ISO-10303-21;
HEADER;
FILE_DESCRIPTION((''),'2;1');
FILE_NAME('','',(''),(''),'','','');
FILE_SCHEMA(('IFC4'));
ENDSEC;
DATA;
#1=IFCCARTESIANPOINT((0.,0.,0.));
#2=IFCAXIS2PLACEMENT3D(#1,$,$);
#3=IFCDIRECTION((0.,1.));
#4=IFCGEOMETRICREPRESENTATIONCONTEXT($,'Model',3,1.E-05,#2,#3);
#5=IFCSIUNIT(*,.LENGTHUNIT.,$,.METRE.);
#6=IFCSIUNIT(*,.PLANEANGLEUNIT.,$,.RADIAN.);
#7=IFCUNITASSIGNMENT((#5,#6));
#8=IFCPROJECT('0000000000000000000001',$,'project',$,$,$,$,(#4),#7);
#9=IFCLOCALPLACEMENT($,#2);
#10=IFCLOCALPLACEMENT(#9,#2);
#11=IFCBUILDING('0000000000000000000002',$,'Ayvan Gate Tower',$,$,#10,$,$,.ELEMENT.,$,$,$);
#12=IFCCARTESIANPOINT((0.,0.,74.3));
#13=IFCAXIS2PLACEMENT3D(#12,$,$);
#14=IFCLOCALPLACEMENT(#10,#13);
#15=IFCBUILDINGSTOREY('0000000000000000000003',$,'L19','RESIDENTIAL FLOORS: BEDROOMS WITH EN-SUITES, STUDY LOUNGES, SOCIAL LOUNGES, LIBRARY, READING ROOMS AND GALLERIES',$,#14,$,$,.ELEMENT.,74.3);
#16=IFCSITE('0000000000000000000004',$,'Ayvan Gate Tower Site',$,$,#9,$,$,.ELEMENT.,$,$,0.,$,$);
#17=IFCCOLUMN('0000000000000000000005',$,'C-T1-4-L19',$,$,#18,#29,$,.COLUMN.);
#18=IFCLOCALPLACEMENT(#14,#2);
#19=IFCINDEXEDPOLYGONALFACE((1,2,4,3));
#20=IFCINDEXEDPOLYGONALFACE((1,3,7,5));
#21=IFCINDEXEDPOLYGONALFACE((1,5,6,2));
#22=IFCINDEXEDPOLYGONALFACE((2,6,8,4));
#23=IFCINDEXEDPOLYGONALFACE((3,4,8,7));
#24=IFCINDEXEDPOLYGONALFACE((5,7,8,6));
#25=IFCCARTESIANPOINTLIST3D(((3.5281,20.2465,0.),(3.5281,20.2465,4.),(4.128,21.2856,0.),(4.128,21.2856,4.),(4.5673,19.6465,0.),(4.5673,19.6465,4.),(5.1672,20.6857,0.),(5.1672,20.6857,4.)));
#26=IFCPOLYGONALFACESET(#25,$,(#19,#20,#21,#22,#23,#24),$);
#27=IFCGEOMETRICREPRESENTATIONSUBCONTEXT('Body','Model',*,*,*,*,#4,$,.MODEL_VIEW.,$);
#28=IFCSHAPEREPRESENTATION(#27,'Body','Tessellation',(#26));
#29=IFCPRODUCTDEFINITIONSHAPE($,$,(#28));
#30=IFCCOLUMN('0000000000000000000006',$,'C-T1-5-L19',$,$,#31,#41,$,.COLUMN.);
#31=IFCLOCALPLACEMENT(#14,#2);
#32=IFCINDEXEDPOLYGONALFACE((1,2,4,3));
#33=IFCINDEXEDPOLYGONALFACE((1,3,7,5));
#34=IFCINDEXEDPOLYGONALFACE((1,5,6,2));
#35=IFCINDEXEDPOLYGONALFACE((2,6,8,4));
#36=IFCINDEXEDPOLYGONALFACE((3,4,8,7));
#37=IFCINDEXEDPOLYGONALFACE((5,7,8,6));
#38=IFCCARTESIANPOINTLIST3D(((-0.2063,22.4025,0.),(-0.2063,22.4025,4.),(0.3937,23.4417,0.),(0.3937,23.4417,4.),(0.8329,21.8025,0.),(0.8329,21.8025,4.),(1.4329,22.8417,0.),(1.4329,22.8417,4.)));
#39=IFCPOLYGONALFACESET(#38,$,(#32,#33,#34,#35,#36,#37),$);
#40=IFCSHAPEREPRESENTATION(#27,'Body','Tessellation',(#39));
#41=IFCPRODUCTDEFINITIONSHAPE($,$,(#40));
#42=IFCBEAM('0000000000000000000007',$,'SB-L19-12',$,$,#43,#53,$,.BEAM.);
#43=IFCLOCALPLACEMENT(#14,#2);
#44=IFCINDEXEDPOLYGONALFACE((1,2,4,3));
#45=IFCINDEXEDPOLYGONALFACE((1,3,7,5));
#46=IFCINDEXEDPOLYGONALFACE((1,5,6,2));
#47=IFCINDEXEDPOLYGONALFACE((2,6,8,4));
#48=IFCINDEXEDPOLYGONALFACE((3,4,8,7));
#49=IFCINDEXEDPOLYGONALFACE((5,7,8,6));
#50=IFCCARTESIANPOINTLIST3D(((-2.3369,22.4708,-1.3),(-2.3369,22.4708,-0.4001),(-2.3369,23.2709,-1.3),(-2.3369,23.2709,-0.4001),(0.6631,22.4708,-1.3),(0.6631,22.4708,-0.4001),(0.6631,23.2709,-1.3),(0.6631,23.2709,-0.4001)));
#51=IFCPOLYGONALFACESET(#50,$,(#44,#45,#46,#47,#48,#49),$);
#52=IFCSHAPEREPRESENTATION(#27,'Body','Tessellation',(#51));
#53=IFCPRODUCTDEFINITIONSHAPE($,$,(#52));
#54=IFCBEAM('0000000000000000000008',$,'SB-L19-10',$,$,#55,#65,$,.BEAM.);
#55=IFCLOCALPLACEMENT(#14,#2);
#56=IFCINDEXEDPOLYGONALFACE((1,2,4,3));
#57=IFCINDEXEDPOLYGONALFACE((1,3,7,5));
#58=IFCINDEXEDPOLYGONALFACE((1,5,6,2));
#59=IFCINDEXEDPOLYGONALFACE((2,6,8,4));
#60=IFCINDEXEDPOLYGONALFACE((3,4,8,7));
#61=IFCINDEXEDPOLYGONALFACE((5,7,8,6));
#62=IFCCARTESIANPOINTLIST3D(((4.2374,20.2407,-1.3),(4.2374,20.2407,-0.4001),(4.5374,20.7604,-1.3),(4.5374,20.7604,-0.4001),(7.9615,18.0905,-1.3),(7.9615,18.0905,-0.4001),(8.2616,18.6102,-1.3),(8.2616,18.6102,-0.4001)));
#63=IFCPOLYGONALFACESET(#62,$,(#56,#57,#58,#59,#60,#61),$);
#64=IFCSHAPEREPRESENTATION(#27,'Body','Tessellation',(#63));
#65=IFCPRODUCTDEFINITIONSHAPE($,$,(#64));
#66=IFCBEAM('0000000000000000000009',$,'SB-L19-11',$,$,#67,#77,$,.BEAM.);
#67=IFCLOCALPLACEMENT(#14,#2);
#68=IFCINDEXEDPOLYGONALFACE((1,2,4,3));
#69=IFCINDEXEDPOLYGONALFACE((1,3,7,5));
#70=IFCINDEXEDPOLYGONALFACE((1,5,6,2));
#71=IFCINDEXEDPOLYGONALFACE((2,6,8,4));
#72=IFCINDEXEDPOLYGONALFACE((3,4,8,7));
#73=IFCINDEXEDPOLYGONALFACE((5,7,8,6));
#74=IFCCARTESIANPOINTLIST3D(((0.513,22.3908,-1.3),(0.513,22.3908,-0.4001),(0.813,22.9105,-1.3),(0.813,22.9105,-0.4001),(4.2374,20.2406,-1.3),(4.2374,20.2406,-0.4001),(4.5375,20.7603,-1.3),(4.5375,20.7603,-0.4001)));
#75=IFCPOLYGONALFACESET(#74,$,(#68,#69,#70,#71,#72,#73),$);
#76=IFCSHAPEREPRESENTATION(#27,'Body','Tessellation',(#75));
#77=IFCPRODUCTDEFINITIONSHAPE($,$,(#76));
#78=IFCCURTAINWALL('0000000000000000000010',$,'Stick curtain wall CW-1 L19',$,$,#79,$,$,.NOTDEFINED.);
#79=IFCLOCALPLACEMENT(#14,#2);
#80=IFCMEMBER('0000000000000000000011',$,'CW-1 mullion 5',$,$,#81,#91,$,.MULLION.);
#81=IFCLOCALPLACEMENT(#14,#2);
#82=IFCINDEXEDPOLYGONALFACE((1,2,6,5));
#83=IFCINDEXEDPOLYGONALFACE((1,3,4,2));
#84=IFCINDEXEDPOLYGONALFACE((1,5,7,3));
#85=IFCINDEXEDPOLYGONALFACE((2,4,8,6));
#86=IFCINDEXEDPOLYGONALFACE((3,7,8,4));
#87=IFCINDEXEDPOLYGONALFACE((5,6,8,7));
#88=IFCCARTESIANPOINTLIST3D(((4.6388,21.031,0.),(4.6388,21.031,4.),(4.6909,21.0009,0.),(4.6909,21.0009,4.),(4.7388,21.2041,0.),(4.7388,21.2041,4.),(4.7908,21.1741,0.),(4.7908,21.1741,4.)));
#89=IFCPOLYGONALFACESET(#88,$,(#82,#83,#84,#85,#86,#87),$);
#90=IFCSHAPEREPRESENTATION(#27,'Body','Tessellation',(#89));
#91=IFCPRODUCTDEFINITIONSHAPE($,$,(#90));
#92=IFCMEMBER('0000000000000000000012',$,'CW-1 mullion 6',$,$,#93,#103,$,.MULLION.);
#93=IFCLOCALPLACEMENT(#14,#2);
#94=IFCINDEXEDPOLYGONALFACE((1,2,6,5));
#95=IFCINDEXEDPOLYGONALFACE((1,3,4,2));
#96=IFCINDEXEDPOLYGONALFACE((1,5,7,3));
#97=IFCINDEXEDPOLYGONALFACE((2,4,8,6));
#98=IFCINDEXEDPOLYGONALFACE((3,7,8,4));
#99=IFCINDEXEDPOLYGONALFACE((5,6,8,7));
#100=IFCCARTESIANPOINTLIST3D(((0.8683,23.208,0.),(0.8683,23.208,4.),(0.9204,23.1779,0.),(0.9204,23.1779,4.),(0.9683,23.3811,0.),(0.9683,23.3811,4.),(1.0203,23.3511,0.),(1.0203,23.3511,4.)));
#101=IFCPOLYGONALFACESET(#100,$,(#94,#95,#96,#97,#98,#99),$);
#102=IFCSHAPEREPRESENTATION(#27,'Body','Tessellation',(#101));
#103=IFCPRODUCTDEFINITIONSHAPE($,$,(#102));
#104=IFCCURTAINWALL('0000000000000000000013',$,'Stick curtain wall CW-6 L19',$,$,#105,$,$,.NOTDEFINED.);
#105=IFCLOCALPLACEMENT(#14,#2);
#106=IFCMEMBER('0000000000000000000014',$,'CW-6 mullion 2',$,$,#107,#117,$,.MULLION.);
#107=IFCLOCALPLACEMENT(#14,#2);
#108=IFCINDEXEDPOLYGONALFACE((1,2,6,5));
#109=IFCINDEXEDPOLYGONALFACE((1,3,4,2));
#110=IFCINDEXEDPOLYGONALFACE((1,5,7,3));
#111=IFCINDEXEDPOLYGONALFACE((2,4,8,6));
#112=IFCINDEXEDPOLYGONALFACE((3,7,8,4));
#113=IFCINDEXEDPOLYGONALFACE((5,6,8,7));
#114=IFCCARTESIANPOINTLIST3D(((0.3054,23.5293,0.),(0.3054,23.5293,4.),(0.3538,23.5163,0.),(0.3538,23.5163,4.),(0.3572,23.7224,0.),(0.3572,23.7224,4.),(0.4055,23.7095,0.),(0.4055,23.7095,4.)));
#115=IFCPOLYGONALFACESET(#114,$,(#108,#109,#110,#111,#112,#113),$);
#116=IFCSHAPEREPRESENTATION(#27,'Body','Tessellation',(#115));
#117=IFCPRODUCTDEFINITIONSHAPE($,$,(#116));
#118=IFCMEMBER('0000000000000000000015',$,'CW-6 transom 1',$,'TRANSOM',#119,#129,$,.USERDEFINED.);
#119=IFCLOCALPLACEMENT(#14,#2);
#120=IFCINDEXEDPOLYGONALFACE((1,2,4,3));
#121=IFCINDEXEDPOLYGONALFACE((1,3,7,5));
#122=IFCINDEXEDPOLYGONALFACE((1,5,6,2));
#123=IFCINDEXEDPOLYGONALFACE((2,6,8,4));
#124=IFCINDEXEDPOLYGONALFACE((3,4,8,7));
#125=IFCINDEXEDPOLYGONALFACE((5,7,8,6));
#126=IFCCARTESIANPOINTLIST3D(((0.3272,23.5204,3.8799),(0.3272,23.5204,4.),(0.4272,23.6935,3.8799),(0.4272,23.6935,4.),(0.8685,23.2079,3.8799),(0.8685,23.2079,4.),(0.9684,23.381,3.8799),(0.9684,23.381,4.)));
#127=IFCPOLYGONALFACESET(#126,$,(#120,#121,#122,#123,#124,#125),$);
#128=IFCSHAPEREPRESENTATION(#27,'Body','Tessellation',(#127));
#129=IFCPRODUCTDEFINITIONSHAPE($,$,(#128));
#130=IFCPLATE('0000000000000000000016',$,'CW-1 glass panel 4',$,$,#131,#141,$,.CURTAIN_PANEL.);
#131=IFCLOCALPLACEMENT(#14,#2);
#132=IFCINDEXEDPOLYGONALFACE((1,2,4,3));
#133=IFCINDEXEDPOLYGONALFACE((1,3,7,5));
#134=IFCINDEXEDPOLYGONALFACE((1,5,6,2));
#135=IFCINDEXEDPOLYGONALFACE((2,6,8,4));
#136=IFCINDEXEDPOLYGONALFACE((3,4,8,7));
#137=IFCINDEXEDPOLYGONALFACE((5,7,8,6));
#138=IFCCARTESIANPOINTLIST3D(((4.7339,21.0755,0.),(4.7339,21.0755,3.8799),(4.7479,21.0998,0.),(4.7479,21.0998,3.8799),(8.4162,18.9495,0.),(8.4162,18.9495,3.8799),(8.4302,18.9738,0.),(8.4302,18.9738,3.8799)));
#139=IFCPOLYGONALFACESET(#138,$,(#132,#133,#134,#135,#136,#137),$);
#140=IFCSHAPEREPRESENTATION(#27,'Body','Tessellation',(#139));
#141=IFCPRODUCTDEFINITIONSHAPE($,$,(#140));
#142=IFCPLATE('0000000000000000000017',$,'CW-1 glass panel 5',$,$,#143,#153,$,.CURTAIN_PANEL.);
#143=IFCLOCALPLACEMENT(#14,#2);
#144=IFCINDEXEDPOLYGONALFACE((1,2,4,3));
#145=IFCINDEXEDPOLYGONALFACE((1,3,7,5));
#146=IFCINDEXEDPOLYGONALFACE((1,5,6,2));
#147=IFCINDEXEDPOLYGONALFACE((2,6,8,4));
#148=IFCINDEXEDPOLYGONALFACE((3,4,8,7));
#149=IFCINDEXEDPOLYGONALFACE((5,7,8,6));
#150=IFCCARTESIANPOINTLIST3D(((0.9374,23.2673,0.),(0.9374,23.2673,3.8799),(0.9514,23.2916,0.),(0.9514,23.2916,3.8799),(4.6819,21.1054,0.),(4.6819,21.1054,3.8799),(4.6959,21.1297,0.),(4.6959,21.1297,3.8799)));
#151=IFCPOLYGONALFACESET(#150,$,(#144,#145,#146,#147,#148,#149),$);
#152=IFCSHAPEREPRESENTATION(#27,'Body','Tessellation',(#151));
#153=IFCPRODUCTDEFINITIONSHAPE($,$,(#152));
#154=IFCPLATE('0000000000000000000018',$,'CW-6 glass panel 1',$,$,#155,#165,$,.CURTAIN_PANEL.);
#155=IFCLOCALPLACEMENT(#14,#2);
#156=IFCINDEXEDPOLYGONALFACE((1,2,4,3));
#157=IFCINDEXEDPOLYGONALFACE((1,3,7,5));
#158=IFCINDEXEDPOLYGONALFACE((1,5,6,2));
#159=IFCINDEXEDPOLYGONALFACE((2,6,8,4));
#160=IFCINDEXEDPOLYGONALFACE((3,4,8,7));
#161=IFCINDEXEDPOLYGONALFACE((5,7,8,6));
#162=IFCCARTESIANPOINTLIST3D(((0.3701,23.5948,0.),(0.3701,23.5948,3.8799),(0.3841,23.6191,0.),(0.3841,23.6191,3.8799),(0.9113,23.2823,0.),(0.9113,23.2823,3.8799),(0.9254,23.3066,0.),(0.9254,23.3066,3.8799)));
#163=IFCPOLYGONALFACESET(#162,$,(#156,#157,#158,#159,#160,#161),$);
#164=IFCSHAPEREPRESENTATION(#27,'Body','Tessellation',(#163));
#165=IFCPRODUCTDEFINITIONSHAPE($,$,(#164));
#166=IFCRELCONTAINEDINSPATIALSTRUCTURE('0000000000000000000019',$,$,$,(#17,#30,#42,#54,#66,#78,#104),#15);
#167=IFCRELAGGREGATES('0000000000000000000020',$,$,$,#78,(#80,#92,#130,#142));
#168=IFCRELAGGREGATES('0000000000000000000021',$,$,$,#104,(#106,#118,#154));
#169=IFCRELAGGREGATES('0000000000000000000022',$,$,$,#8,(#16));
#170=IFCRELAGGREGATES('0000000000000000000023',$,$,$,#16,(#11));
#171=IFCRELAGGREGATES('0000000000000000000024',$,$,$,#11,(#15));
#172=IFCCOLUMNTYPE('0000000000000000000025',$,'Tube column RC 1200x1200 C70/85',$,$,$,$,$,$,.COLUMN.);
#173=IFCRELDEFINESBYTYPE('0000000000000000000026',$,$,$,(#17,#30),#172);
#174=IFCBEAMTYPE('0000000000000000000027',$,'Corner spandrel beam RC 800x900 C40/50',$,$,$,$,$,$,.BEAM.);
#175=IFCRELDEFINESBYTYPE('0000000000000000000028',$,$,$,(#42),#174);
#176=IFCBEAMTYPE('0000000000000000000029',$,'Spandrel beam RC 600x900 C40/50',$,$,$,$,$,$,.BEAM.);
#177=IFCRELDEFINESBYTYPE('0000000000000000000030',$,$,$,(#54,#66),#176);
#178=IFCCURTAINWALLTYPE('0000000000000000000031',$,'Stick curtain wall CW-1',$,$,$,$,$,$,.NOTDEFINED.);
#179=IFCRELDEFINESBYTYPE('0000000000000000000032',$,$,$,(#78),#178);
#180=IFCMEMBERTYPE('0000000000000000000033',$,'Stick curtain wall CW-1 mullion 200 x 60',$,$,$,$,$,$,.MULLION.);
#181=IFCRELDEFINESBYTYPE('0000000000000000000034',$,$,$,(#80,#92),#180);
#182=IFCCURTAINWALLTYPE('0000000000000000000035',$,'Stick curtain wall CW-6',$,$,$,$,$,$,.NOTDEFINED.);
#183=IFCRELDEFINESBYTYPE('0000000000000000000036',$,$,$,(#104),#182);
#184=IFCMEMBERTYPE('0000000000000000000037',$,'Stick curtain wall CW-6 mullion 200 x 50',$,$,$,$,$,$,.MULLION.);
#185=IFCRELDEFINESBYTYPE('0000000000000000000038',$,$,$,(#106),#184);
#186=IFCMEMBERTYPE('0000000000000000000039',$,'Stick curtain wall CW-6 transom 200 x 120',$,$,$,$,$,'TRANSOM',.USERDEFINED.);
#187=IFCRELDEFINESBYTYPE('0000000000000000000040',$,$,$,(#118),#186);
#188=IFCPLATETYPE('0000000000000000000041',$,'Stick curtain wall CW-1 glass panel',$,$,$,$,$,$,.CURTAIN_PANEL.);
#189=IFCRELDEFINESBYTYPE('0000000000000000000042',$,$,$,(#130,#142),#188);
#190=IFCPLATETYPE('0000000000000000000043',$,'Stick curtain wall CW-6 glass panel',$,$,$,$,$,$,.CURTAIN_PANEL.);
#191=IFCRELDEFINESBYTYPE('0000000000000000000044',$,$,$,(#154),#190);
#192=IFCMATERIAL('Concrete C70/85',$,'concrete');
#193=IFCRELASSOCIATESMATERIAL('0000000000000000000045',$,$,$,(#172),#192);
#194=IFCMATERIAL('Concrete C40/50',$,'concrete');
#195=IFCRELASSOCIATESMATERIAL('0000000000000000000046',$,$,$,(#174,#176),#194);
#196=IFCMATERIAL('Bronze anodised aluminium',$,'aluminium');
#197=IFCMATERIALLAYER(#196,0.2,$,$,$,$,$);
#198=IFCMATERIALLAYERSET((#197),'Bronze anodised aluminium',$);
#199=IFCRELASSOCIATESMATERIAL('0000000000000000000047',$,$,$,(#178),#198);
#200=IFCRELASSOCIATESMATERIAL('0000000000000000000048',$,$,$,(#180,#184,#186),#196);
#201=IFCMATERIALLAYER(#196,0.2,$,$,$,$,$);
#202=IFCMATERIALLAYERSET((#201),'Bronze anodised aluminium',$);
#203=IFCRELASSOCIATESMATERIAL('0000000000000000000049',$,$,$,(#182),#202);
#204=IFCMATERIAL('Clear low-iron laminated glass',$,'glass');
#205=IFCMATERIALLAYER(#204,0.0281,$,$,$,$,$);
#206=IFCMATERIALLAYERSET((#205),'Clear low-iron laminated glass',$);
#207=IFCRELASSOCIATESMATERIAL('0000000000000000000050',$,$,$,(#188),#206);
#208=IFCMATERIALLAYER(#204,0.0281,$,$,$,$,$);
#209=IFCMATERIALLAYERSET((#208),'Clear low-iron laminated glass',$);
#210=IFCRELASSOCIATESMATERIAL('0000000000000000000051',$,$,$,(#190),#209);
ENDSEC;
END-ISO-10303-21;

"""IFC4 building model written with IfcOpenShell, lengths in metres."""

from ifc_helpers import new_model, si_unit, direction, frame, origin, origin_2d, place, context, subcontext, project, spatial, rectangle, extrude, material, layer, layer_set, material_profile, profile_set, type_object, element, aggregate, save


model = new_model("IFC4")

# Units and contexts
model_context = context("Model", 3, precision=1e-05, world=origin(), true_north=direction((0.0, 1.0)))
body_context = subcontext(model_context, "Body", "Model", "MODEL_VIEW")
ifc_project = project(units=[si_unit("LENGTHUNIT", "METRE"), si_unit("PLANEANGLEUNIT", "RADIAN")], contexts=[model_context])

# Site, building, storey
site_placement = place(None, origin())
site = spatial("IfcSite", under=ifc_project, at=site_placement, Name="Ayvan Gate Tower Site", CompositionType="ELEMENT", RefElevation=0.0)
building_placement = place(site_placement, origin())
building = spatial("IfcBuilding", under=site, at=building_placement, Name="Ayvan Gate Tower", CompositionType="ELEMENT")
storey_placement = place(building_placement, frame((0.0, 0.0, 74.3)))
storey = spatial("IfcBuildingStorey", under=building, at=storey_placement, Name="L19", Description="RESIDENTIAL FLOORS: BEDROOMS WITH EN-SUITES, STUDY LOUNGES, SOCIAL LOUNGES, LIBRARY, READING ROOMS AND GALLERIES", CompositionType="ELEMENT", Elevation=74.3)

# Columns
ifc_material_1 = material(Name="Concrete C70/85", Category="concrete")
ifc_material_profile_1 = material_profile(ifc_material_1, rectangle(XDim=1.2, YDim=1.2, at=origin_2d()), Name="RC 1200x1200")
ifc_profile_set_1 = profile_set([ifc_material_profile_1], Name="Concrete C70/85")
column_type = type_object("IfcColumnType", Name="Tube column RC 1200x1200 C70/85", PredefinedType="COLUMN", material=ifc_profile_set_1)
for number, where, z_axis, x_axis, name in (
    (1, (4.3477, 20.4661, 0.0), (0.0, 0.0, 1.0), (0.5, 0.866025, 0.0), "C-T1-4-L19"),
    (2, (0.6133, 22.6221, 0.0), (0.0, 0.0, 1.0), (0.5, 0.866025, 0.0), "C-T1-5-L19"),
):
    element("IfcColumn", number, at=place(storey_placement, frame(where, z_axis=z_axis, x_axis=x_axis)), inside=storey, type_object=column_type, Name=name, PredefinedType="COLUMN", context=body_context, shape_type="SweptSolid", body=[
        extrude(rectangle(XDim=1.2, YDim=1.2, at=origin_2d()), origin(), (0.0, 0.0, 1.0), 4.0),
    ])

# Beams
ifc_material_2 = material(Name="Concrete C40/50", Category="concrete")
ifc_material_profile_2 = material_profile(ifc_material_2, rectangle(XDim=0.8, YDim=0.8999, at=origin_2d()), Name="RC 800x900")
ifc_profile_set_2 = profile_set([ifc_material_profile_2], Name="Concrete C40/50")
beam_type_1 = type_object("IfcBeamType", Name="Corner spandrel beam RC 800x900 C40/50", PredefinedType="BEAM", material=ifc_profile_set_2)
beam_1_placement = place(storey_placement, frame((0.6631, 22.8708, -0.8501), z_axis=(-1.0, 0.0, 0.0), x_axis=(0.0, -1.0, 0.0)))
element("IfcBeam", 3, at=beam_1_placement, inside=storey, type_object=beam_type_1, Name="SB-L19-12", PredefinedType="BEAM", context=body_context, shape_type="SweptSolid", body=[
    extrude(rectangle(XDim=0.8, YDim=0.8999, at=origin_2d()), origin(), (0.0, 0.0, 1.0), 3.0),
])
ifc_material_profile_3 = material_profile(ifc_material_2, rectangle(XDim=0.6001, YDim=0.8999, at=origin_2d()), Name="RC 600x900")
ifc_profile_set_3 = profile_set([ifc_material_profile_3], Name="Concrete C40/50")
beam_type_2 = type_object("IfcBeamType", Name="Spandrel beam RC 600x900 C40/50", PredefinedType="BEAM", material=ifc_profile_set_3)
beam_2_placement = place(storey_placement, frame((8.1116, 18.3503, -0.8501), z_axis=(-0.866023, 0.500004, 0.0), x_axis=(-0.500004, -0.866023, 0.0)))
element("IfcBeam", 4, at=beam_2_placement, inside=storey, type_object=beam_type_2, Name="SB-L19-10", PredefinedType="BEAM", context=body_context, shape_type="SweptSolid", body=[
    extrude(rectangle(XDim=0.6001, YDim=0.8999, at=origin_2d()), origin(), (0.0, 0.0, 1.0), 4.3003),
])
beam_3_placement = place(storey_placement, frame((4.3875, 20.5005, -0.8501), z_axis=(-0.866037, 0.49998, 0.0), x_axis=(-0.49998, -0.866037, 0.0)))
element("IfcBeam", 5, at=beam_3_placement, inside=storey, type_object=beam_type_2, Name="SB-L19-11", PredefinedType="BEAM", context=body_context, shape_type="SweptSolid", body=[
    extrude(rectangle(XDim=0.6001, YDim=0.8999, at=origin_2d()), origin(), (0.0, 0.0, 1.0), 4.3005),
])

# Curtain walls, members
ifc_material_3 = material(Name="Bronze anodised aluminium", Category="aluminium")
ifc_layer_1 = layer(ifc_material_3, 0.2)
ifc_layer_set_1 = layer_set([ifc_layer_1], Name="Bronze anodised aluminium")
curtain_wall_type_1 = type_object("IfcCurtainWallType", Name="Stick curtain wall CW-1", PredefinedType="NOTDEFINED", material=ifc_layer_set_1)
curtain_wall_1_placement = place(storey_placement, origin())
curtain_wall_1 = element("IfcCurtainWall", 6, at=curtain_wall_1_placement, inside=storey, type_object=curtain_wall_type_1, Name="Stick curtain wall CW-1 L19", PredefinedType="NOTDEFINED")
ifc_material_profile_4 = material_profile(ifc_material_3, rectangle(XDim=0.2, YDim=0.0601, at=origin_2d()), Name="Stick curtain wall CW-1 mullion 200 x 60")
ifc_profile_set_4 = profile_set([ifc_material_profile_4], Name="Bronze anodised aluminium")
member_type_1 = type_object("IfcMemberType", Name="Stick curtain wall CW-1 mullion 200 x 60", PredefinedType="MULLION", material=ifc_profile_set_4)
member_1_placement = place(storey_placement, frame((4.7148, 21.1025, 0.0), z_axis=(0.0, 0.0, 1.0), x_axis=(0.5, 0.866025, 0.0)))
member_1 = element("IfcMember", 7, at=member_1_placement, type_object=member_type_1, Name="CW-1 mullion 5", PredefinedType="MULLION", context=body_context, shape_type="SweptSolid", body=[
    extrude(rectangle(XDim=0.2, YDim=0.0601, at=origin_2d()), origin(), (0.0, 0.0, 1.0), 4.0),
])
member_2_placement = place(storey_placement, frame((0.9443, 23.2795, 0.0), z_axis=(0.0, 0.0, 1.0), x_axis=(0.5, 0.866025, 0.0)))
member_2 = element("IfcMember", 8, at=member_2_placement, type_object=member_type_1, Name="CW-1 mullion 6", PredefinedType="MULLION", context=body_context, shape_type="SweptSolid", body=[
    extrude(rectangle(XDim=0.2, YDim=0.0601, at=origin_2d()), origin(), (0.0, 0.0, 1.0), 4.0),
])
ifc_layer_2 = layer(ifc_material_3, 0.2)
ifc_layer_set_2 = layer_set([ifc_layer_2], Name="Bronze anodised aluminium")
curtain_wall_type_2 = type_object("IfcCurtainWallType", Name="Stick curtain wall CW-6", PredefinedType="NOTDEFINED", material=ifc_layer_set_2)
curtain_wall_2_placement = place(storey_placement, origin())
curtain_wall_2 = element("IfcCurtainWall", 9, at=curtain_wall_2_placement, inside=storey, type_object=curtain_wall_type_2, Name="Stick curtain wall CW-6 L19", PredefinedType="NOTDEFINED")
ifc_material_profile_5 = material_profile(ifc_material_3, rectangle(XDim=0.2, YDim=0.05, at=origin_2d()), Name="Stick curtain wall CW-6 mullion 200 x 50")
ifc_profile_set_5 = profile_set([ifc_material_profile_5], Name="Bronze anodised aluminium")
member_type_2 = type_object("IfcMemberType", Name="Stick curtain wall CW-6 mullion 200 x 50", PredefinedType="MULLION", material=ifc_profile_set_5)
member_3_placement = place(storey_placement, frame((0.3555, 23.6194, 0.0), z_axis=(0.0, 0.0, 1.0), x_axis=(0.258819, 0.965926, 0.0)))
member_3 = element("IfcMember", 10, at=member_3_placement, type_object=member_type_2, Name="CW-6 mullion 2", PredefinedType="MULLION", context=body_context, shape_type="SweptSolid", body=[
    extrude(rectangle(XDim=0.2, YDim=0.05, at=origin_2d()), origin(), (0.0, 0.0, 1.0), 4.0),
])
ifc_material_profile_6 = material_profile(ifc_material_3, rectangle(XDim=0.2, YDim=0.1201, at=origin_2d()), Name="Stick curtain wall CW-6 transom 200 x 120")
ifc_profile_set_6 = profile_set([ifc_material_profile_6], Name="Bronze anodised aluminium")
member_type_3 = type_object("IfcMemberType", Name="Stick curtain wall CW-6 transom 200 x 120", ElementType="TRANSOM", PredefinedType="USERDEFINED", material=ifc_profile_set_6)
member_4_placement = place(storey_placement, frame((0.9185, 23.2944, 3.9399), z_axis=(-0.866023, 0.500004, 0.0), x_axis=(-0.500004, -0.866023, 0.0)))
member_4 = element("IfcMember", 11, at=member_4_placement, type_object=member_type_3, Name="CW-6 transom 1", ObjectType="TRANSOM", PredefinedType="USERDEFINED", context=body_context, shape_type="SweptSolid", body=[
    extrude(rectangle(XDim=0.2, YDim=0.1201, at=origin_2d()), origin(), (0.0, 0.0, 1.0), 0.625),
])

# Plates
ifc_material_4 = material(Name="Clear low-iron laminated glass", Category="glass")
ifc_layer_3 = layer(ifc_material_4, 0.0281)
ifc_layer_set_3 = layer_set([ifc_layer_3], Name="Clear low-iron laminated glass")
plate_type_1 = type_object("IfcPlateType", Name="Stick curtain wall CW-1 glass panel", PredefinedType="CURTAIN_PANEL", material=ifc_layer_set_3)
plate_1_placement = place(storey_placement, frame((6.582, 20.0247, 0.0), z_axis=(0.0, 0.0, 1.0), x_axis=(-0.866025, 0.5, 0.0)))
plate_1 = element("IfcPlate", 12, at=plate_1_placement, type_object=plate_type_1, Name="CW-1 glass panel 4", PredefinedType="CURTAIN_PANEL", context=body_context, shape_type="SweptSolid", body=[
    extrude(rectangle(XDim=4.252, YDim=0.0281, at=origin_2d()), origin(), (0.0, 0.0, 1.0), 3.8799),
])
plate_2_placement = place(storey_placement, frame((2.8167, 22.1985, 0.0), z_axis=(0.0, 0.0, 1.0), x_axis=(-0.866025, 0.5, 0.0)))
plate_2 = element("IfcPlate", 13, at=plate_2_placement, type_object=plate_type_1, Name="CW-1 glass panel 5", PredefinedType="CURTAIN_PANEL", context=body_context, shape_type="SweptSolid", body=[
    extrude(rectangle(XDim=4.3237, YDim=0.0281, at=origin_2d()), origin(), (0.0, 0.0, 1.0), 3.8799),
])
aggregate(curtain_wall_1, [member_1, member_2, plate_1, plate_2])
ifc_layer_4 = layer(ifc_material_4, 0.0281)
ifc_layer_set_4 = layer_set([ifc_layer_4], Name="Clear low-iron laminated glass")
plate_type_2 = type_object("IfcPlateType", Name="Stick curtain wall CW-6 glass panel", PredefinedType="CURTAIN_PANEL", material=ifc_layer_set_4)
plate_3_placement = place(storey_placement, frame((0.6477, 23.4507, 0.0), z_axis=(0.0, 0.0, 1.0), x_axis=(-0.866025, 0.5, 0.0)))
plate_3 = element("IfcPlate", 14, at=plate_3_placement, type_object=plate_type_2, Name="CW-6 glass panel 1", PredefinedType="CURTAIN_PANEL", context=body_context, shape_type="SweptSolid", body=[
    extrude(rectangle(XDim=0.625, YDim=0.0281, at=origin_2d()), origin(), (0.0, 0.0, 1.0), 3.8799),
])
aggregate(curtain_wall_2, [member_3, member_4, plate_3])

save(model, "model.ifc")
